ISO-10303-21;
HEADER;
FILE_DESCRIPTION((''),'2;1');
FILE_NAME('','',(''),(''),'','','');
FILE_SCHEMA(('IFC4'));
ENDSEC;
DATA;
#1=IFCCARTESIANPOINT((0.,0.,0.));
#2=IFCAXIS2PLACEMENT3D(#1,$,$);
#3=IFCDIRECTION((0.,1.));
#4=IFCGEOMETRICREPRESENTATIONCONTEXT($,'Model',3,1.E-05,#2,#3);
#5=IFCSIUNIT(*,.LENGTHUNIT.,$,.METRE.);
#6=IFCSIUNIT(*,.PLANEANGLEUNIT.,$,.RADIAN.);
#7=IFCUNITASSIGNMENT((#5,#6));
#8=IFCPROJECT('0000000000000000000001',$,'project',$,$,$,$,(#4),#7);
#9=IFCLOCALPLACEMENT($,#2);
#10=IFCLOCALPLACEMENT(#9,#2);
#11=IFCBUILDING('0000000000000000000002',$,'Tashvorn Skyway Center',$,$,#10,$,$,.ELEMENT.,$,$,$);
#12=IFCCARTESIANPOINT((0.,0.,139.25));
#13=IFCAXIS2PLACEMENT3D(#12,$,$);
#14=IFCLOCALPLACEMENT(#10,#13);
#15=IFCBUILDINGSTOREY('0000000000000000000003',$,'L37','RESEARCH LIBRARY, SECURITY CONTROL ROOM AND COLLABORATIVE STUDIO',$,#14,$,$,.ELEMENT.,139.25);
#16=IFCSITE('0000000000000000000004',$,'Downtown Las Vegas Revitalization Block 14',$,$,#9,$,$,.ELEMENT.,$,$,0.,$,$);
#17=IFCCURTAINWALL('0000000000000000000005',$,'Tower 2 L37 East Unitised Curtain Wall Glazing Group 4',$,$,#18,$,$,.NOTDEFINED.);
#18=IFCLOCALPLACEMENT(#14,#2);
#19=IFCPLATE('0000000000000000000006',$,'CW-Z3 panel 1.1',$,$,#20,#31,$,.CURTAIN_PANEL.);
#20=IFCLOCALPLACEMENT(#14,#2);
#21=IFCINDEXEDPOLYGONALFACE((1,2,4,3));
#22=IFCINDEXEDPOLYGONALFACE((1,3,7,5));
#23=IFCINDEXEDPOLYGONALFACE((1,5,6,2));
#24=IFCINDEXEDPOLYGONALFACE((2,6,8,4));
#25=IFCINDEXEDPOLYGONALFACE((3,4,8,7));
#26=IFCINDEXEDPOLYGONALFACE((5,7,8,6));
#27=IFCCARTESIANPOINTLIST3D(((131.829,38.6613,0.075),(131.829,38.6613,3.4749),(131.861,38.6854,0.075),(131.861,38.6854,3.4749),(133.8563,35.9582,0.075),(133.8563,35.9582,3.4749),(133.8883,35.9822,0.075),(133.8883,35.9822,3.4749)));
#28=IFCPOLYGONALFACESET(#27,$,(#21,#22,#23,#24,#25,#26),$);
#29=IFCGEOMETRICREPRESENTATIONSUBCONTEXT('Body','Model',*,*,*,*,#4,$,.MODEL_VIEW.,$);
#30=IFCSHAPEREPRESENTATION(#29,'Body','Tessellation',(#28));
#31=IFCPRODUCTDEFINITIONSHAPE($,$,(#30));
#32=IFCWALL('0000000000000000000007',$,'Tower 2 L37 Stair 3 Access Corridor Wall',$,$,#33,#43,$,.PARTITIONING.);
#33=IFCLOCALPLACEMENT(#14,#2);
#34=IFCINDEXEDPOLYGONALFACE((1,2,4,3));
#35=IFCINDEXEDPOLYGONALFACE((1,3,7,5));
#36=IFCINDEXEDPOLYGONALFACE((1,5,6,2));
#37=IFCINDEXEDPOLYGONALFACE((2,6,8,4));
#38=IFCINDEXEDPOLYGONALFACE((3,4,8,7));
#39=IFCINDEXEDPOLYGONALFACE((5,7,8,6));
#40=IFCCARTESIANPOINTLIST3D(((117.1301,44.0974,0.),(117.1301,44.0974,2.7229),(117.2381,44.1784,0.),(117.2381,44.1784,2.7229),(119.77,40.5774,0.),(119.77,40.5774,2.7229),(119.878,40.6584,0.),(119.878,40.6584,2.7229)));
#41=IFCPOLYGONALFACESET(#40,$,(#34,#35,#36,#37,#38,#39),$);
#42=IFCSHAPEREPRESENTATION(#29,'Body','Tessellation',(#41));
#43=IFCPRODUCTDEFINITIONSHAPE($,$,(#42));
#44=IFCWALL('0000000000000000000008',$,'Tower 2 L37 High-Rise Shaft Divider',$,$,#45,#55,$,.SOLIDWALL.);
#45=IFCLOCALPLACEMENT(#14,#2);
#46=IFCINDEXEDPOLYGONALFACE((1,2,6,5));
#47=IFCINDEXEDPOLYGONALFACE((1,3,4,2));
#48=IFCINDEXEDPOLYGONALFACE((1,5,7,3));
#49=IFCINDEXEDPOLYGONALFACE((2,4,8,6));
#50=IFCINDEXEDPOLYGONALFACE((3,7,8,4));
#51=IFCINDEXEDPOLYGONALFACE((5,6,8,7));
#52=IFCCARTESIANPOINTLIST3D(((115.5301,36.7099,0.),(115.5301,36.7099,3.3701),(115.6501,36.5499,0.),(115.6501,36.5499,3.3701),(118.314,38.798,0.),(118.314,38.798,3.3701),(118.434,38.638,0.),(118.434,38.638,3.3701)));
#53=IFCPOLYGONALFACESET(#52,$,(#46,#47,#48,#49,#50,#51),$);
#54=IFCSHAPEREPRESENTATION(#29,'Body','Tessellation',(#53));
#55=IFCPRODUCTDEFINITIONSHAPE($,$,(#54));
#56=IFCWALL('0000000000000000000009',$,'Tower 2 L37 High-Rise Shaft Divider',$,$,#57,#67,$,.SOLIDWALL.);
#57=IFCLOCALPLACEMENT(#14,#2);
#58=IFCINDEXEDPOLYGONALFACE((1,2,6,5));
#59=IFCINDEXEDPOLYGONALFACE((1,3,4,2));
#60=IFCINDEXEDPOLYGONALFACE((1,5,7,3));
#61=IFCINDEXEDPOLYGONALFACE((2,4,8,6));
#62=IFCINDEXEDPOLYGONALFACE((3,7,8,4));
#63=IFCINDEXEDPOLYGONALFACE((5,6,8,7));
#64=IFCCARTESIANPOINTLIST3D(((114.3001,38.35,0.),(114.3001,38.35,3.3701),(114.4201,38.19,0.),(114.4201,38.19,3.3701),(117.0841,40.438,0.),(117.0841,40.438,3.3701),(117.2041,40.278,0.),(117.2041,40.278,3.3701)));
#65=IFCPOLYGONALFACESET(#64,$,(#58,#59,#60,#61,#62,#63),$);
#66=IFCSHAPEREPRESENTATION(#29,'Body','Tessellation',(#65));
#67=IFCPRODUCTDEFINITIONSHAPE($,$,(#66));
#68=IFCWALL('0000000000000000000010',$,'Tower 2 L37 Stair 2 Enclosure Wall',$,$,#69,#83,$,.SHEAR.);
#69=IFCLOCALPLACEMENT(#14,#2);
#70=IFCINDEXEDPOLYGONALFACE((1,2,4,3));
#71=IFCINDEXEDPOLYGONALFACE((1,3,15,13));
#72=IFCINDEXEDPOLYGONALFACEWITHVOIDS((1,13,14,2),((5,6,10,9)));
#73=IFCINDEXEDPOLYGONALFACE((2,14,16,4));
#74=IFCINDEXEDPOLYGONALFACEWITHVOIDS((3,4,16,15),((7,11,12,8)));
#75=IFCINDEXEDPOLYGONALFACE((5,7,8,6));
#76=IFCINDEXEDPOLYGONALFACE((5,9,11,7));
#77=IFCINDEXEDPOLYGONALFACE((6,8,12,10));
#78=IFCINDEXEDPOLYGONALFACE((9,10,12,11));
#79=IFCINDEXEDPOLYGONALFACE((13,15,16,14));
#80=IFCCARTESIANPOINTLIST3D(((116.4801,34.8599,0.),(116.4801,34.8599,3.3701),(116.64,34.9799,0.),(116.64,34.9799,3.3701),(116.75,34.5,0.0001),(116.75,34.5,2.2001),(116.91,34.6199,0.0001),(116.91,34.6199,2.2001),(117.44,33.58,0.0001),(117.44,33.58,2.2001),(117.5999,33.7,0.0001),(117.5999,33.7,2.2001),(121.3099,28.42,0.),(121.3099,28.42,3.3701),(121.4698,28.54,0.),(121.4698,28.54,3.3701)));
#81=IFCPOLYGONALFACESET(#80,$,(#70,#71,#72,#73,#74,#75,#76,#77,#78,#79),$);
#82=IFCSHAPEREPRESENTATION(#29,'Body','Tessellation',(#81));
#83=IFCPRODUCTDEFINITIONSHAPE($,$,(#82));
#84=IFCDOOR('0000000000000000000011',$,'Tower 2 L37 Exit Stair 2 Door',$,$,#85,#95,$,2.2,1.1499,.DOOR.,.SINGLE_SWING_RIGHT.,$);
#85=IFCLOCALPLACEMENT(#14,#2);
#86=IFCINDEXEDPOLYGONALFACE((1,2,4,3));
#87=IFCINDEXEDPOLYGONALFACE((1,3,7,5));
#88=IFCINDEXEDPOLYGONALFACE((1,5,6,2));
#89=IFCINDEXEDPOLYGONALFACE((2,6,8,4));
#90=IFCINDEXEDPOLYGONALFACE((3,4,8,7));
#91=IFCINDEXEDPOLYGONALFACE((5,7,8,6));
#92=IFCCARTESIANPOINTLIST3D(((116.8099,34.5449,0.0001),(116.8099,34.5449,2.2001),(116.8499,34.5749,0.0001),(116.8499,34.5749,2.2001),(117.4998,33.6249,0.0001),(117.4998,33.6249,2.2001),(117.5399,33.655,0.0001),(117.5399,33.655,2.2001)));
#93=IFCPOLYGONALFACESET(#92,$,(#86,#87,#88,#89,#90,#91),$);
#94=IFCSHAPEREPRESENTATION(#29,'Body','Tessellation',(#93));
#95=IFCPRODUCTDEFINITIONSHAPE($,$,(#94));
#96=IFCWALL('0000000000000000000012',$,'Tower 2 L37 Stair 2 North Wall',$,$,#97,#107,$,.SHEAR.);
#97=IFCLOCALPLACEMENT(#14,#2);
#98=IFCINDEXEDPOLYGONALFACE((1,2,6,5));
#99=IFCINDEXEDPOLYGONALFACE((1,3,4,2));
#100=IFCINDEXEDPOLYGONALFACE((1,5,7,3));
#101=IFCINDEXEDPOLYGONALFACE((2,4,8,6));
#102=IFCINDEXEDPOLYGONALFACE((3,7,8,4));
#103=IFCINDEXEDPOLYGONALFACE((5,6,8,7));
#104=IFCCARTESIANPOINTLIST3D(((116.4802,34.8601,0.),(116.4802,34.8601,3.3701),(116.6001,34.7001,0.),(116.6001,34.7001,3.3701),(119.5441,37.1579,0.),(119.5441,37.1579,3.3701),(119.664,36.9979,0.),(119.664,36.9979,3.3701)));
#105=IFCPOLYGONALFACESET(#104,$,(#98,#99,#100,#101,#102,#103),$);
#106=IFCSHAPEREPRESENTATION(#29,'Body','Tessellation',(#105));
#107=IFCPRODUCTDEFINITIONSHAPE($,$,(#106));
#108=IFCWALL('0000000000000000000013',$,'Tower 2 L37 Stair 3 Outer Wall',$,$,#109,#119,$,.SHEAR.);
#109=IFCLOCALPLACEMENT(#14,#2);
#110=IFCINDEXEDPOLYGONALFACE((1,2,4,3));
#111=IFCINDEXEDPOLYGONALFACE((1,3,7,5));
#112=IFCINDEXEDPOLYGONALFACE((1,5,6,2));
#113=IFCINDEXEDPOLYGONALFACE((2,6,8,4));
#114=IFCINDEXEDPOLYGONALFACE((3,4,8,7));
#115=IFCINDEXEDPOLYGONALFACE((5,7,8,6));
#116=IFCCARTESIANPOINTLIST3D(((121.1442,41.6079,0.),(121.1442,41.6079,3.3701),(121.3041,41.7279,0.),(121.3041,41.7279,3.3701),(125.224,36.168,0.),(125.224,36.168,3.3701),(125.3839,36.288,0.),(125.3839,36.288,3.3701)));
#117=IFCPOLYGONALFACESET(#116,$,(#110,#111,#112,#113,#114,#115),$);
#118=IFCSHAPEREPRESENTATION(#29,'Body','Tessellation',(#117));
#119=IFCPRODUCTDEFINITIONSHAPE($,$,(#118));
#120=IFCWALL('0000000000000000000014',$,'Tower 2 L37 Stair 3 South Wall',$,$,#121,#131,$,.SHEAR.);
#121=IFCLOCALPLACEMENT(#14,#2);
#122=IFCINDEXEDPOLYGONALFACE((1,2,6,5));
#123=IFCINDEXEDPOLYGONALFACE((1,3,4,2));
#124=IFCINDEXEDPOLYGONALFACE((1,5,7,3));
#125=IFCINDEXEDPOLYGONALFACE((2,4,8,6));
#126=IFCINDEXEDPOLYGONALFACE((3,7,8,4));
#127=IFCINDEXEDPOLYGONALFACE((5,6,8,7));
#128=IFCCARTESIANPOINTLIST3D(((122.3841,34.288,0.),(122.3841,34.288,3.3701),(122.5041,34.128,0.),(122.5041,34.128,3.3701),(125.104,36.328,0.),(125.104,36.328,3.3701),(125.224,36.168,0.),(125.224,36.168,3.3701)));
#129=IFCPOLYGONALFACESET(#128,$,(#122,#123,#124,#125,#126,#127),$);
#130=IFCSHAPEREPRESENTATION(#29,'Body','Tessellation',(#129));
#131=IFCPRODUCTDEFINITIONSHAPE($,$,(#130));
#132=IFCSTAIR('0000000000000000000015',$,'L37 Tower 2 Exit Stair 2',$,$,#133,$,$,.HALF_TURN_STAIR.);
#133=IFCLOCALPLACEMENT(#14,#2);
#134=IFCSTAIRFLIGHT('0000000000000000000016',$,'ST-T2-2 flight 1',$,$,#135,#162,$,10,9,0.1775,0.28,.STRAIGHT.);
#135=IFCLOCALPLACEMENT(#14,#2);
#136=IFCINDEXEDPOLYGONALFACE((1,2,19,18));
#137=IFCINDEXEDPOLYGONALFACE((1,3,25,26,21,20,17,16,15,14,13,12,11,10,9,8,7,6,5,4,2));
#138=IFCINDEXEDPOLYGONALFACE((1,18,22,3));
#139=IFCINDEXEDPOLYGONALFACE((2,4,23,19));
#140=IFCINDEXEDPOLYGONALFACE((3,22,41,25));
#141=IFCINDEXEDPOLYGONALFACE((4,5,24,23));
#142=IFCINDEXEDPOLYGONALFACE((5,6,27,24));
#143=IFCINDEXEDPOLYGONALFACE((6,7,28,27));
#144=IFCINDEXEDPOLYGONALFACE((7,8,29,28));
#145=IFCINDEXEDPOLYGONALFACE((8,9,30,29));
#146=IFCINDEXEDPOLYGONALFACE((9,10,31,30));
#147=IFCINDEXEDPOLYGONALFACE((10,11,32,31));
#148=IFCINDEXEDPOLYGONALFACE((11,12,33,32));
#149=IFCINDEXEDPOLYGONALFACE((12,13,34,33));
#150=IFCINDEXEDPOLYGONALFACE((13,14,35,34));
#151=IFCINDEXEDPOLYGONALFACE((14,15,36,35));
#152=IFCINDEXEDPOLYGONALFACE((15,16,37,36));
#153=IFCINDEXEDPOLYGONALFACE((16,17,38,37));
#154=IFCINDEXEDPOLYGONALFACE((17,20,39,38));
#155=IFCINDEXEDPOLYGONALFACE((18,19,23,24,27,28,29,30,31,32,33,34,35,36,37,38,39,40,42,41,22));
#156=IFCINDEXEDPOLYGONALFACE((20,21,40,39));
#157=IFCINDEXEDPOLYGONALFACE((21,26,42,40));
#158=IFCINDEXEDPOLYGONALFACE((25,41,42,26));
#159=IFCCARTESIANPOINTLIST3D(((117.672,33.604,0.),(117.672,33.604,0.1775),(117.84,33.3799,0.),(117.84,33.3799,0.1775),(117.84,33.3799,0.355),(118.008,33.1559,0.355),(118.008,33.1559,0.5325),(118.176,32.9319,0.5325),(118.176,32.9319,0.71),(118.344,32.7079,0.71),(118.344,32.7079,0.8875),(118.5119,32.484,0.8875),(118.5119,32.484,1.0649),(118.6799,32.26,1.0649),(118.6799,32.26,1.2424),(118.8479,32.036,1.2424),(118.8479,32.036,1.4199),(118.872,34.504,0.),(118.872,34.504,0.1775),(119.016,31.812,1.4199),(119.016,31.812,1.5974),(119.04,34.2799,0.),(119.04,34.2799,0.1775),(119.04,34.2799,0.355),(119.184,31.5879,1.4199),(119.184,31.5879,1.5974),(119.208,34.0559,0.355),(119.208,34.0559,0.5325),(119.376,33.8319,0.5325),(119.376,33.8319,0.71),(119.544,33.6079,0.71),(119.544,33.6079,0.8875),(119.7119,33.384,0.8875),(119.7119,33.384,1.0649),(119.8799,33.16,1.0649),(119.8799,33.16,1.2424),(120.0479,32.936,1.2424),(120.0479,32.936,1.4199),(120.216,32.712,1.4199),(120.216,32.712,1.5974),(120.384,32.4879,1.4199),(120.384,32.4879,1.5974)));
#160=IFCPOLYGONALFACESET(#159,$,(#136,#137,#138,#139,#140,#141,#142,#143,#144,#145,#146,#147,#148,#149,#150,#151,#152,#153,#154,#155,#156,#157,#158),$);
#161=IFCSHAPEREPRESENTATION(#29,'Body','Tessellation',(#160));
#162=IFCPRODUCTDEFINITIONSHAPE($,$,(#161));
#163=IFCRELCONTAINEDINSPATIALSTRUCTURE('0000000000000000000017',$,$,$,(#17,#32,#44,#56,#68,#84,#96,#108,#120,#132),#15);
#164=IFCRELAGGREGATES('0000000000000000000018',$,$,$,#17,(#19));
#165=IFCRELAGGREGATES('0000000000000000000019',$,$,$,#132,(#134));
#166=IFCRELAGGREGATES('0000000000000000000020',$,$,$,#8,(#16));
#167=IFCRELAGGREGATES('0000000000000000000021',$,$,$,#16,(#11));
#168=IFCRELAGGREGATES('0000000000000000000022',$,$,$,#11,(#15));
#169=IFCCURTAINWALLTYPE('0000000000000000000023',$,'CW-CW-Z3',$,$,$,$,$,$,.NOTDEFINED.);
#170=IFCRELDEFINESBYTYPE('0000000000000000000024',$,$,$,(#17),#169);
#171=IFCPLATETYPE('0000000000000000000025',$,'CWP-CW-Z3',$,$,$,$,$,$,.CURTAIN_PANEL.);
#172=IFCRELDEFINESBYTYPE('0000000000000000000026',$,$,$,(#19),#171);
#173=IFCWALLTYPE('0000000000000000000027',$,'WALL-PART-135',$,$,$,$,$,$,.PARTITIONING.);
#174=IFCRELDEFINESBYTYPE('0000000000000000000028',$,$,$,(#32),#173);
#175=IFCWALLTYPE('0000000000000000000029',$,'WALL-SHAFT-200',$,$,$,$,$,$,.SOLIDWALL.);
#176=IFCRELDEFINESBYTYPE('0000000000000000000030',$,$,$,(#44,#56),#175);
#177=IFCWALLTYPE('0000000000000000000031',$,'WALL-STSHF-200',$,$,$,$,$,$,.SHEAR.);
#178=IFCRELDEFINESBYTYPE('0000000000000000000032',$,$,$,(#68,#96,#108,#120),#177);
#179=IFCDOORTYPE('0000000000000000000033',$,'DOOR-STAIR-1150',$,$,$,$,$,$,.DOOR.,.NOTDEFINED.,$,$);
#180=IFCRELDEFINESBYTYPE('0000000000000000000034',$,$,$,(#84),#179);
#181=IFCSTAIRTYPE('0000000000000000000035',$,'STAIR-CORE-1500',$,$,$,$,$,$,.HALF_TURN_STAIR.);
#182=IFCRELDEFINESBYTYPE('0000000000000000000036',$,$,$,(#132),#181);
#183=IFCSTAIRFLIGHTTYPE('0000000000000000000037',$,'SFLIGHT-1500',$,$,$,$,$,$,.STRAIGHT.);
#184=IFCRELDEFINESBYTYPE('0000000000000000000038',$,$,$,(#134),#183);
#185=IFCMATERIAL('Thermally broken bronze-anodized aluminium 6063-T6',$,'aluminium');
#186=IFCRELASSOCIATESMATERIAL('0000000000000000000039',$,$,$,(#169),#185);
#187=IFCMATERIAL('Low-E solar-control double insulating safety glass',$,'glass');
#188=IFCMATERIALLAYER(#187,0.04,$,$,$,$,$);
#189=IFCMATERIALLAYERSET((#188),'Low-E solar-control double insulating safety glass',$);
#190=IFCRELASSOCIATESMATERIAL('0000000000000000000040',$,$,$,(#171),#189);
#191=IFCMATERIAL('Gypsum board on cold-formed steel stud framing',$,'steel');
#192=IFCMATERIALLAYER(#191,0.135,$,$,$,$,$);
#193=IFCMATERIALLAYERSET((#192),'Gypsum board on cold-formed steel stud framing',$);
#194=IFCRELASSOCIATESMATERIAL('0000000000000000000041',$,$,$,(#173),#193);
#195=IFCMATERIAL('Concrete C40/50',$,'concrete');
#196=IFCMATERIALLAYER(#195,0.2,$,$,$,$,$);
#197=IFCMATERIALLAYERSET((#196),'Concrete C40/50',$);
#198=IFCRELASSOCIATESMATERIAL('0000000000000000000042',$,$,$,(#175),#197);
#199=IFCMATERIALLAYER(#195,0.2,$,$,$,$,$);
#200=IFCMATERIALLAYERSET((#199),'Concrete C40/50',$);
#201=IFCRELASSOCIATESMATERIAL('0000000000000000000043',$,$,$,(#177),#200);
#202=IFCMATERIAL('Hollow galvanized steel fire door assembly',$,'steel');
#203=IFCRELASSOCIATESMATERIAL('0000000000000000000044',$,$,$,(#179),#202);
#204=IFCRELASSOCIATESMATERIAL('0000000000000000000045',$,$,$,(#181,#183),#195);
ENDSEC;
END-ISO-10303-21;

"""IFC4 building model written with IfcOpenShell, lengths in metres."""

from ifc_helpers import new_model, si_unit, direction, frame, frame_2d, origin, origin_2d, place, context, subcontext, project, spatial, polyline, rectangle, outline, extrude, material, layer, layer_set, type_object, element, fill, aggregate, save


model = new_model("IFC4")

# Units and contexts
model_context = context("Model", 3, precision=1e-05, world=origin(), true_north=direction((0.0, 1.0)))
body_context = subcontext(model_context, "Body", "Model", "MODEL_VIEW")
ifc_project = project(units=[si_unit("LENGTHUNIT", "METRE"), si_unit("PLANEANGLEUNIT", "RADIAN")], contexts=[model_context])

# Site, building, storey
site_placement = place(None, origin())
site = spatial("IfcSite", under=ifc_project, at=site_placement, Name="Downtown Las Vegas Revitalization Block 14", CompositionType="ELEMENT", RefElevation=0.0)
building_placement = place(site_placement, origin())
building = spatial("IfcBuilding", under=site, at=building_placement, Name="Tashvorn Skyway Center", CompositionType="ELEMENT")
storey_placement = place(building_placement, frame((0.0, 0.0, 139.25)))
storey = spatial("IfcBuildingStorey", under=building, at=storey_placement, Name="L37", Description="RESEARCH LIBRARY, SECURITY CONTROL ROOM AND COLLABORATIVE STUDIO", CompositionType="ELEMENT", Elevation=139.25)

# Shared definitions
ifc_material_1 = material(Name="Thermally broken bronze-anodized aluminium 6063-T6", Category="aluminium")
curtain_wall_type = type_object("IfcCurtainWallType", Name="CW-CW-Z3", PredefinedType="NOTDEFINED", material=ifc_material_1)

# Curtain wall, plate
curtain_wall_1_placement = place(storey_placement, origin())
curtain_wall_1 = element("IfcCurtainWall", 1, at=curtain_wall_1_placement, inside=storey, type_object=curtain_wall_type, Name="Tower 2 L37 East Unitised Curtain Wall Glazing Group 4", PredefinedType="NOTDEFINED")
ifc_material_2 = material(Name="Low-E solar-control double insulating safety glass", Category="glass")
ifc_layer_1 = layer(ifc_material_2, 0.04)
ifc_layer_set_1 = layer_set([ifc_layer_1], Name="Low-E solar-control double insulating safety glass")
plate_type = type_object("IfcPlateType", Name="CWP-CW-Z3", PredefinedType="CURTAIN_PANEL", material=ifc_layer_set_1)
plate_placement = place(storey_placement, frame((132.8586, 37.3218, 0.075), z_axis=(0.0, 0.0, 1.0), x_axis=(0.599995, -0.800003, 0.0)))
plate = element("IfcPlate", 2, at=plate_placement, type_object=plate_type, Name="CW-Z3 panel 1.1", PredefinedType="CURTAIN_PANEL", context=body_context, shape_type="SweptSolid", body=[
    extrude(rectangle(XDim=3.3789, YDim=0.04, at=origin_2d()), origin(), (0.0, 0.0, 1.0), 3.3999),
])
aggregate(curtain_wall_1, [plate])

# Walls
ifc_material_3 = material(Name="Gypsum board on cold-formed steel stud framing", Category="steel")
ifc_layer_2 = layer(ifc_material_3, 0.135)
ifc_layer_set_2 = layer_set([ifc_layer_2], Name="Gypsum board on cold-formed steel stud framing")
wall_type_1 = type_object("IfcWallType", Name="WALL-PART-135", PredefinedType="PARTITIONING", material=ifc_layer_set_2)
wall_1_placement = place(storey_placement, frame((119.824, 40.6179, 0.0), z_axis=(0.0, 0.0, 1.0), x_axis=(-0.599982, 0.800013, 0.0)))
element("IfcWall", 3, at=wall_1_placement, inside=storey, type_object=wall_type_1, Name="Tower 2 L37 Stair 3 Access Corridor Wall", PredefinedType="PARTITIONING", context=body_context, shape_type="SweptSolid", body=[
    extrude(rectangle(XDim=4.3999, YDim=0.135, at=frame_2d((2.2, 0.0))), origin(), (0.0, 0.0, 1.0), 2.7229),
])
ifc_material_4 = material(Name="Concrete C40/50", Category="concrete")
ifc_layer_3 = layer(ifc_material_4, 0.2)
ifc_layer_set_3 = layer_set([ifc_layer_3], Name="Concrete C40/50")
wall_type_2 = type_object("IfcWallType", Name="WALL-SHAFT-200", PredefinedType="SOLIDWALL", material=ifc_layer_set_3)
for number, where, z_axis, x_axis, name in (
    (4, (115.5901, 36.6299, 0.0), (0.0, 0.0, 1.0), (0.799975, 0.600034, 0.0), "Tower 2 L37 High-Rise Shaft Divider"),
    (5, (114.3601, 38.27, 0.0), (0.0, 0.0, 1.0), (0.800008, 0.599989, 0.0), "Tower 2 L37 High-Rise Shaft Divider"),
):
    element("IfcWall", number, at=place(storey_placement, frame(where, z_axis=z_axis, x_axis=x_axis)), inside=storey, type_object=wall_type_2, Name=name, PredefinedType="SOLIDWALL", context=body_context, shape_type="SweptSolid", body=[
        extrude(rectangle(XDim=3.48, YDim=0.2, at=frame_2d((1.74, 0.0))), origin(), (0.0, 0.0, 1.0), 3.3701),
    ])

# Wall, opening, door
ifc_layer_4 = layer(ifc_material_4, 0.2)
ifc_layer_set_4 = layer_set([ifc_layer_4], Name="Concrete C40/50")
wall_type_3 = type_object("IfcWallType", Name="WALL-STSHF-200", PredefinedType="SHEAR", material=ifc_layer_set_4)
wall_2_placement = place(storey_placement, frame((116.5601, 34.9199, 0.0), z_axis=(0.0, 0.0, 1.0), x_axis=(0.59999, -0.800007, 0.0)))
wall_2 = element("IfcWall", 6, at=wall_2_placement, inside=storey, type_object=wall_type_3, Name="Tower 2 L37 Stair 2 Enclosure Wall", PredefinedType="SHEAR", context=body_context, shape_type="SweptSolid", body=[
    extrude(rectangle(XDim=8.0498, YDim=0.2, at=frame_2d((4.0249, 0.0))), origin(), (0.0, 0.0, 1.0), 3.3701),
])
opening_placement = place(wall_2_placement, frame((0.45, 0.0, 0.0)))
opening = element("IfcOpeningElement", 7, at=opening_placement, cuts=wall_2, PredefinedType="OPENING", context=body_context, shape_type="SweptSolid", body=[
    extrude(rectangle(XDim=1.1499, YDim=2.2, at=frame_2d((0.575, 1.1001))), frame((0.0, 0.1099, 0.0), z_axis=(0.0, -1.0, 0.0), x_axis=(1.0, 0.0, 0.0)), (0.0, 0.0, 1.0), 0.22),
])
ifc_material_5 = material(Name="Hollow galvanized steel fire door assembly", Category="steel")
door_type = type_object("IfcDoorType", Name="DOOR-STAIR-1150", OperationType="NOTDEFINED", PredefinedType="DOOR", material=ifc_material_5)
door_placement = place(opening_placement, origin())
door = element("IfcDoor", 8, at=door_placement, inside=storey, type_object=door_type, Name="Tower 2 L37 Exit Stair 2 Door", OperationType="SINGLE_SWING_RIGHT", OverallHeight=2.2, OverallWidth=1.1499, PredefinedType="DOOR", context=body_context, shape_type="SweptSolid", body=[
    extrude(rectangle(XDim=1.1499, YDim=2.2, at=frame_2d((0.575, 1.1001))), frame((0.0, 0.0249, 0.0), z_axis=(0.0, -1.0, 0.0), x_axis=(1.0, 0.0, 0.0)), (0.0, 0.0, 1.0), 0.05),
])
fill(opening, door)

# Walls
wall_3_placement = place(storey_placement, frame((116.54, 34.78, 0.0), z_axis=(0.0, 0.0, 1.0), x_axis=(0.800015, 0.59998, 0.0)))
element("IfcWall", 9, at=wall_3_placement, inside=storey, type_object=wall_type_3, Name="Tower 2 L37 Stair 2 North Wall", PredefinedType="SHEAR", context=body_context, shape_type="SweptSolid", body=[
    extrude(rectangle(XDim=3.8298, YDim=0.2, at=frame_2d((1.915, 0.0))), origin(), (0.0, 0.0, 1.0), 3.3701),
])
wall_4_placement = place(storey_placement, frame((125.304, 36.228, 0.0), z_axis=(0.0, 0.0, 1.0), x_axis=(-0.599989, 0.800009, 0.0)))
element("IfcWall", 10, at=wall_4_placement, inside=storey, type_object=wall_type_3, Name="Tower 2 L37 Stair 3 Outer Wall", PredefinedType="SHEAR", context=body_context, shape_type="SweptSolid", body=[
    extrude(rectangle(XDim=6.7998, YDim=0.2, at=frame_2d((3.3999, 0.0))), origin(), (0.0, 0.0, 1.0), 3.3701),
])
wall_5_placement = place(storey_placement, frame((122.4441, 34.208, 0.0), z_axis=(0.0, 0.0, 1.0), x_axis=(0.799991, 0.600011, 0.0)))
element("IfcWall", 11, at=wall_5_placement, inside=storey, type_object=wall_type_3, Name="Tower 2 L37 Stair 3 South Wall", PredefinedType="SHEAR", context=body_context, shape_type="SweptSolid", body=[
    extrude(rectangle(XDim=3.3999, YDim=0.2, at=frame_2d((1.7, 0.0))), origin(), (0.0, 0.0, 1.0), 3.3701),
])

# Stair, stair flight
stair_type = type_object("IfcStairType", Name="STAIR-CORE-1500", PredefinedType="HALF_TURN_STAIR", material=ifc_material_4)
stair_1_placement = place(storey_placement, origin())
stair_1 = element("IfcStair", 12, at=stair_1_placement, inside=storey, type_object=stair_type, Name="L37 Tower 2 Exit Stair 2", PredefinedType="HALF_TURN_STAIR")
stair_flight_type = type_object("IfcStairFlightType", Name="SFLIGHT-1500", PredefinedType="STRAIGHT", material=ifc_material_4)
stair_flight_1_placement = place(storey_placement, frame((118.272, 34.054, 0.0), z_axis=(0.0, 0.0, 1.0), x_axis=(0.6, -0.8, 0.0)))
stair_flight_1 = element("IfcStairFlight", 13, at=stair_flight_1_placement, type_object=stair_flight_type, Name="ST-T2-2 flight 1", NumberOfRisers=10, NumberOfTreads=9, PredefinedType="STRAIGHT", RiserHeight=0.1775, TreadLength=0.28, context=body_context, shape_type="SweptSolid", body=[
    extrude(outline(polyline([(0.0, 0.0), (0.0, 0.1775), (0.28, 0.1775), (0.28, 0.355), (0.5601, 0.355), (0.5601, 0.5325), (0.8401, 0.5325), (0.8401, 0.71), (1.1201, 0.71), (1.1201, 0.8875), (1.3999, 0.8875), (1.3999, 1.0649), (1.6799, 1.0649), (1.6799, 1.2424), (1.96, 1.2424), (1.96, 1.4199), (2.24, 1.4199), (2.24, 1.5974), (2.52, 1.5974), (2.52, 1.7749), (2.52, 1.4199), (0.28, 0.0), (0.0, 0.0)])), frame((0.0, 0.75, 0.0), z_axis=(0.0, -1.0, 0.0), x_axis=(1.0, 0.0, 0.0)), (0.0, 0.0, 1.0), 1.5),
])
aggregate(stair_1, [stair_flight_1])

save(model, "model.ifc")
